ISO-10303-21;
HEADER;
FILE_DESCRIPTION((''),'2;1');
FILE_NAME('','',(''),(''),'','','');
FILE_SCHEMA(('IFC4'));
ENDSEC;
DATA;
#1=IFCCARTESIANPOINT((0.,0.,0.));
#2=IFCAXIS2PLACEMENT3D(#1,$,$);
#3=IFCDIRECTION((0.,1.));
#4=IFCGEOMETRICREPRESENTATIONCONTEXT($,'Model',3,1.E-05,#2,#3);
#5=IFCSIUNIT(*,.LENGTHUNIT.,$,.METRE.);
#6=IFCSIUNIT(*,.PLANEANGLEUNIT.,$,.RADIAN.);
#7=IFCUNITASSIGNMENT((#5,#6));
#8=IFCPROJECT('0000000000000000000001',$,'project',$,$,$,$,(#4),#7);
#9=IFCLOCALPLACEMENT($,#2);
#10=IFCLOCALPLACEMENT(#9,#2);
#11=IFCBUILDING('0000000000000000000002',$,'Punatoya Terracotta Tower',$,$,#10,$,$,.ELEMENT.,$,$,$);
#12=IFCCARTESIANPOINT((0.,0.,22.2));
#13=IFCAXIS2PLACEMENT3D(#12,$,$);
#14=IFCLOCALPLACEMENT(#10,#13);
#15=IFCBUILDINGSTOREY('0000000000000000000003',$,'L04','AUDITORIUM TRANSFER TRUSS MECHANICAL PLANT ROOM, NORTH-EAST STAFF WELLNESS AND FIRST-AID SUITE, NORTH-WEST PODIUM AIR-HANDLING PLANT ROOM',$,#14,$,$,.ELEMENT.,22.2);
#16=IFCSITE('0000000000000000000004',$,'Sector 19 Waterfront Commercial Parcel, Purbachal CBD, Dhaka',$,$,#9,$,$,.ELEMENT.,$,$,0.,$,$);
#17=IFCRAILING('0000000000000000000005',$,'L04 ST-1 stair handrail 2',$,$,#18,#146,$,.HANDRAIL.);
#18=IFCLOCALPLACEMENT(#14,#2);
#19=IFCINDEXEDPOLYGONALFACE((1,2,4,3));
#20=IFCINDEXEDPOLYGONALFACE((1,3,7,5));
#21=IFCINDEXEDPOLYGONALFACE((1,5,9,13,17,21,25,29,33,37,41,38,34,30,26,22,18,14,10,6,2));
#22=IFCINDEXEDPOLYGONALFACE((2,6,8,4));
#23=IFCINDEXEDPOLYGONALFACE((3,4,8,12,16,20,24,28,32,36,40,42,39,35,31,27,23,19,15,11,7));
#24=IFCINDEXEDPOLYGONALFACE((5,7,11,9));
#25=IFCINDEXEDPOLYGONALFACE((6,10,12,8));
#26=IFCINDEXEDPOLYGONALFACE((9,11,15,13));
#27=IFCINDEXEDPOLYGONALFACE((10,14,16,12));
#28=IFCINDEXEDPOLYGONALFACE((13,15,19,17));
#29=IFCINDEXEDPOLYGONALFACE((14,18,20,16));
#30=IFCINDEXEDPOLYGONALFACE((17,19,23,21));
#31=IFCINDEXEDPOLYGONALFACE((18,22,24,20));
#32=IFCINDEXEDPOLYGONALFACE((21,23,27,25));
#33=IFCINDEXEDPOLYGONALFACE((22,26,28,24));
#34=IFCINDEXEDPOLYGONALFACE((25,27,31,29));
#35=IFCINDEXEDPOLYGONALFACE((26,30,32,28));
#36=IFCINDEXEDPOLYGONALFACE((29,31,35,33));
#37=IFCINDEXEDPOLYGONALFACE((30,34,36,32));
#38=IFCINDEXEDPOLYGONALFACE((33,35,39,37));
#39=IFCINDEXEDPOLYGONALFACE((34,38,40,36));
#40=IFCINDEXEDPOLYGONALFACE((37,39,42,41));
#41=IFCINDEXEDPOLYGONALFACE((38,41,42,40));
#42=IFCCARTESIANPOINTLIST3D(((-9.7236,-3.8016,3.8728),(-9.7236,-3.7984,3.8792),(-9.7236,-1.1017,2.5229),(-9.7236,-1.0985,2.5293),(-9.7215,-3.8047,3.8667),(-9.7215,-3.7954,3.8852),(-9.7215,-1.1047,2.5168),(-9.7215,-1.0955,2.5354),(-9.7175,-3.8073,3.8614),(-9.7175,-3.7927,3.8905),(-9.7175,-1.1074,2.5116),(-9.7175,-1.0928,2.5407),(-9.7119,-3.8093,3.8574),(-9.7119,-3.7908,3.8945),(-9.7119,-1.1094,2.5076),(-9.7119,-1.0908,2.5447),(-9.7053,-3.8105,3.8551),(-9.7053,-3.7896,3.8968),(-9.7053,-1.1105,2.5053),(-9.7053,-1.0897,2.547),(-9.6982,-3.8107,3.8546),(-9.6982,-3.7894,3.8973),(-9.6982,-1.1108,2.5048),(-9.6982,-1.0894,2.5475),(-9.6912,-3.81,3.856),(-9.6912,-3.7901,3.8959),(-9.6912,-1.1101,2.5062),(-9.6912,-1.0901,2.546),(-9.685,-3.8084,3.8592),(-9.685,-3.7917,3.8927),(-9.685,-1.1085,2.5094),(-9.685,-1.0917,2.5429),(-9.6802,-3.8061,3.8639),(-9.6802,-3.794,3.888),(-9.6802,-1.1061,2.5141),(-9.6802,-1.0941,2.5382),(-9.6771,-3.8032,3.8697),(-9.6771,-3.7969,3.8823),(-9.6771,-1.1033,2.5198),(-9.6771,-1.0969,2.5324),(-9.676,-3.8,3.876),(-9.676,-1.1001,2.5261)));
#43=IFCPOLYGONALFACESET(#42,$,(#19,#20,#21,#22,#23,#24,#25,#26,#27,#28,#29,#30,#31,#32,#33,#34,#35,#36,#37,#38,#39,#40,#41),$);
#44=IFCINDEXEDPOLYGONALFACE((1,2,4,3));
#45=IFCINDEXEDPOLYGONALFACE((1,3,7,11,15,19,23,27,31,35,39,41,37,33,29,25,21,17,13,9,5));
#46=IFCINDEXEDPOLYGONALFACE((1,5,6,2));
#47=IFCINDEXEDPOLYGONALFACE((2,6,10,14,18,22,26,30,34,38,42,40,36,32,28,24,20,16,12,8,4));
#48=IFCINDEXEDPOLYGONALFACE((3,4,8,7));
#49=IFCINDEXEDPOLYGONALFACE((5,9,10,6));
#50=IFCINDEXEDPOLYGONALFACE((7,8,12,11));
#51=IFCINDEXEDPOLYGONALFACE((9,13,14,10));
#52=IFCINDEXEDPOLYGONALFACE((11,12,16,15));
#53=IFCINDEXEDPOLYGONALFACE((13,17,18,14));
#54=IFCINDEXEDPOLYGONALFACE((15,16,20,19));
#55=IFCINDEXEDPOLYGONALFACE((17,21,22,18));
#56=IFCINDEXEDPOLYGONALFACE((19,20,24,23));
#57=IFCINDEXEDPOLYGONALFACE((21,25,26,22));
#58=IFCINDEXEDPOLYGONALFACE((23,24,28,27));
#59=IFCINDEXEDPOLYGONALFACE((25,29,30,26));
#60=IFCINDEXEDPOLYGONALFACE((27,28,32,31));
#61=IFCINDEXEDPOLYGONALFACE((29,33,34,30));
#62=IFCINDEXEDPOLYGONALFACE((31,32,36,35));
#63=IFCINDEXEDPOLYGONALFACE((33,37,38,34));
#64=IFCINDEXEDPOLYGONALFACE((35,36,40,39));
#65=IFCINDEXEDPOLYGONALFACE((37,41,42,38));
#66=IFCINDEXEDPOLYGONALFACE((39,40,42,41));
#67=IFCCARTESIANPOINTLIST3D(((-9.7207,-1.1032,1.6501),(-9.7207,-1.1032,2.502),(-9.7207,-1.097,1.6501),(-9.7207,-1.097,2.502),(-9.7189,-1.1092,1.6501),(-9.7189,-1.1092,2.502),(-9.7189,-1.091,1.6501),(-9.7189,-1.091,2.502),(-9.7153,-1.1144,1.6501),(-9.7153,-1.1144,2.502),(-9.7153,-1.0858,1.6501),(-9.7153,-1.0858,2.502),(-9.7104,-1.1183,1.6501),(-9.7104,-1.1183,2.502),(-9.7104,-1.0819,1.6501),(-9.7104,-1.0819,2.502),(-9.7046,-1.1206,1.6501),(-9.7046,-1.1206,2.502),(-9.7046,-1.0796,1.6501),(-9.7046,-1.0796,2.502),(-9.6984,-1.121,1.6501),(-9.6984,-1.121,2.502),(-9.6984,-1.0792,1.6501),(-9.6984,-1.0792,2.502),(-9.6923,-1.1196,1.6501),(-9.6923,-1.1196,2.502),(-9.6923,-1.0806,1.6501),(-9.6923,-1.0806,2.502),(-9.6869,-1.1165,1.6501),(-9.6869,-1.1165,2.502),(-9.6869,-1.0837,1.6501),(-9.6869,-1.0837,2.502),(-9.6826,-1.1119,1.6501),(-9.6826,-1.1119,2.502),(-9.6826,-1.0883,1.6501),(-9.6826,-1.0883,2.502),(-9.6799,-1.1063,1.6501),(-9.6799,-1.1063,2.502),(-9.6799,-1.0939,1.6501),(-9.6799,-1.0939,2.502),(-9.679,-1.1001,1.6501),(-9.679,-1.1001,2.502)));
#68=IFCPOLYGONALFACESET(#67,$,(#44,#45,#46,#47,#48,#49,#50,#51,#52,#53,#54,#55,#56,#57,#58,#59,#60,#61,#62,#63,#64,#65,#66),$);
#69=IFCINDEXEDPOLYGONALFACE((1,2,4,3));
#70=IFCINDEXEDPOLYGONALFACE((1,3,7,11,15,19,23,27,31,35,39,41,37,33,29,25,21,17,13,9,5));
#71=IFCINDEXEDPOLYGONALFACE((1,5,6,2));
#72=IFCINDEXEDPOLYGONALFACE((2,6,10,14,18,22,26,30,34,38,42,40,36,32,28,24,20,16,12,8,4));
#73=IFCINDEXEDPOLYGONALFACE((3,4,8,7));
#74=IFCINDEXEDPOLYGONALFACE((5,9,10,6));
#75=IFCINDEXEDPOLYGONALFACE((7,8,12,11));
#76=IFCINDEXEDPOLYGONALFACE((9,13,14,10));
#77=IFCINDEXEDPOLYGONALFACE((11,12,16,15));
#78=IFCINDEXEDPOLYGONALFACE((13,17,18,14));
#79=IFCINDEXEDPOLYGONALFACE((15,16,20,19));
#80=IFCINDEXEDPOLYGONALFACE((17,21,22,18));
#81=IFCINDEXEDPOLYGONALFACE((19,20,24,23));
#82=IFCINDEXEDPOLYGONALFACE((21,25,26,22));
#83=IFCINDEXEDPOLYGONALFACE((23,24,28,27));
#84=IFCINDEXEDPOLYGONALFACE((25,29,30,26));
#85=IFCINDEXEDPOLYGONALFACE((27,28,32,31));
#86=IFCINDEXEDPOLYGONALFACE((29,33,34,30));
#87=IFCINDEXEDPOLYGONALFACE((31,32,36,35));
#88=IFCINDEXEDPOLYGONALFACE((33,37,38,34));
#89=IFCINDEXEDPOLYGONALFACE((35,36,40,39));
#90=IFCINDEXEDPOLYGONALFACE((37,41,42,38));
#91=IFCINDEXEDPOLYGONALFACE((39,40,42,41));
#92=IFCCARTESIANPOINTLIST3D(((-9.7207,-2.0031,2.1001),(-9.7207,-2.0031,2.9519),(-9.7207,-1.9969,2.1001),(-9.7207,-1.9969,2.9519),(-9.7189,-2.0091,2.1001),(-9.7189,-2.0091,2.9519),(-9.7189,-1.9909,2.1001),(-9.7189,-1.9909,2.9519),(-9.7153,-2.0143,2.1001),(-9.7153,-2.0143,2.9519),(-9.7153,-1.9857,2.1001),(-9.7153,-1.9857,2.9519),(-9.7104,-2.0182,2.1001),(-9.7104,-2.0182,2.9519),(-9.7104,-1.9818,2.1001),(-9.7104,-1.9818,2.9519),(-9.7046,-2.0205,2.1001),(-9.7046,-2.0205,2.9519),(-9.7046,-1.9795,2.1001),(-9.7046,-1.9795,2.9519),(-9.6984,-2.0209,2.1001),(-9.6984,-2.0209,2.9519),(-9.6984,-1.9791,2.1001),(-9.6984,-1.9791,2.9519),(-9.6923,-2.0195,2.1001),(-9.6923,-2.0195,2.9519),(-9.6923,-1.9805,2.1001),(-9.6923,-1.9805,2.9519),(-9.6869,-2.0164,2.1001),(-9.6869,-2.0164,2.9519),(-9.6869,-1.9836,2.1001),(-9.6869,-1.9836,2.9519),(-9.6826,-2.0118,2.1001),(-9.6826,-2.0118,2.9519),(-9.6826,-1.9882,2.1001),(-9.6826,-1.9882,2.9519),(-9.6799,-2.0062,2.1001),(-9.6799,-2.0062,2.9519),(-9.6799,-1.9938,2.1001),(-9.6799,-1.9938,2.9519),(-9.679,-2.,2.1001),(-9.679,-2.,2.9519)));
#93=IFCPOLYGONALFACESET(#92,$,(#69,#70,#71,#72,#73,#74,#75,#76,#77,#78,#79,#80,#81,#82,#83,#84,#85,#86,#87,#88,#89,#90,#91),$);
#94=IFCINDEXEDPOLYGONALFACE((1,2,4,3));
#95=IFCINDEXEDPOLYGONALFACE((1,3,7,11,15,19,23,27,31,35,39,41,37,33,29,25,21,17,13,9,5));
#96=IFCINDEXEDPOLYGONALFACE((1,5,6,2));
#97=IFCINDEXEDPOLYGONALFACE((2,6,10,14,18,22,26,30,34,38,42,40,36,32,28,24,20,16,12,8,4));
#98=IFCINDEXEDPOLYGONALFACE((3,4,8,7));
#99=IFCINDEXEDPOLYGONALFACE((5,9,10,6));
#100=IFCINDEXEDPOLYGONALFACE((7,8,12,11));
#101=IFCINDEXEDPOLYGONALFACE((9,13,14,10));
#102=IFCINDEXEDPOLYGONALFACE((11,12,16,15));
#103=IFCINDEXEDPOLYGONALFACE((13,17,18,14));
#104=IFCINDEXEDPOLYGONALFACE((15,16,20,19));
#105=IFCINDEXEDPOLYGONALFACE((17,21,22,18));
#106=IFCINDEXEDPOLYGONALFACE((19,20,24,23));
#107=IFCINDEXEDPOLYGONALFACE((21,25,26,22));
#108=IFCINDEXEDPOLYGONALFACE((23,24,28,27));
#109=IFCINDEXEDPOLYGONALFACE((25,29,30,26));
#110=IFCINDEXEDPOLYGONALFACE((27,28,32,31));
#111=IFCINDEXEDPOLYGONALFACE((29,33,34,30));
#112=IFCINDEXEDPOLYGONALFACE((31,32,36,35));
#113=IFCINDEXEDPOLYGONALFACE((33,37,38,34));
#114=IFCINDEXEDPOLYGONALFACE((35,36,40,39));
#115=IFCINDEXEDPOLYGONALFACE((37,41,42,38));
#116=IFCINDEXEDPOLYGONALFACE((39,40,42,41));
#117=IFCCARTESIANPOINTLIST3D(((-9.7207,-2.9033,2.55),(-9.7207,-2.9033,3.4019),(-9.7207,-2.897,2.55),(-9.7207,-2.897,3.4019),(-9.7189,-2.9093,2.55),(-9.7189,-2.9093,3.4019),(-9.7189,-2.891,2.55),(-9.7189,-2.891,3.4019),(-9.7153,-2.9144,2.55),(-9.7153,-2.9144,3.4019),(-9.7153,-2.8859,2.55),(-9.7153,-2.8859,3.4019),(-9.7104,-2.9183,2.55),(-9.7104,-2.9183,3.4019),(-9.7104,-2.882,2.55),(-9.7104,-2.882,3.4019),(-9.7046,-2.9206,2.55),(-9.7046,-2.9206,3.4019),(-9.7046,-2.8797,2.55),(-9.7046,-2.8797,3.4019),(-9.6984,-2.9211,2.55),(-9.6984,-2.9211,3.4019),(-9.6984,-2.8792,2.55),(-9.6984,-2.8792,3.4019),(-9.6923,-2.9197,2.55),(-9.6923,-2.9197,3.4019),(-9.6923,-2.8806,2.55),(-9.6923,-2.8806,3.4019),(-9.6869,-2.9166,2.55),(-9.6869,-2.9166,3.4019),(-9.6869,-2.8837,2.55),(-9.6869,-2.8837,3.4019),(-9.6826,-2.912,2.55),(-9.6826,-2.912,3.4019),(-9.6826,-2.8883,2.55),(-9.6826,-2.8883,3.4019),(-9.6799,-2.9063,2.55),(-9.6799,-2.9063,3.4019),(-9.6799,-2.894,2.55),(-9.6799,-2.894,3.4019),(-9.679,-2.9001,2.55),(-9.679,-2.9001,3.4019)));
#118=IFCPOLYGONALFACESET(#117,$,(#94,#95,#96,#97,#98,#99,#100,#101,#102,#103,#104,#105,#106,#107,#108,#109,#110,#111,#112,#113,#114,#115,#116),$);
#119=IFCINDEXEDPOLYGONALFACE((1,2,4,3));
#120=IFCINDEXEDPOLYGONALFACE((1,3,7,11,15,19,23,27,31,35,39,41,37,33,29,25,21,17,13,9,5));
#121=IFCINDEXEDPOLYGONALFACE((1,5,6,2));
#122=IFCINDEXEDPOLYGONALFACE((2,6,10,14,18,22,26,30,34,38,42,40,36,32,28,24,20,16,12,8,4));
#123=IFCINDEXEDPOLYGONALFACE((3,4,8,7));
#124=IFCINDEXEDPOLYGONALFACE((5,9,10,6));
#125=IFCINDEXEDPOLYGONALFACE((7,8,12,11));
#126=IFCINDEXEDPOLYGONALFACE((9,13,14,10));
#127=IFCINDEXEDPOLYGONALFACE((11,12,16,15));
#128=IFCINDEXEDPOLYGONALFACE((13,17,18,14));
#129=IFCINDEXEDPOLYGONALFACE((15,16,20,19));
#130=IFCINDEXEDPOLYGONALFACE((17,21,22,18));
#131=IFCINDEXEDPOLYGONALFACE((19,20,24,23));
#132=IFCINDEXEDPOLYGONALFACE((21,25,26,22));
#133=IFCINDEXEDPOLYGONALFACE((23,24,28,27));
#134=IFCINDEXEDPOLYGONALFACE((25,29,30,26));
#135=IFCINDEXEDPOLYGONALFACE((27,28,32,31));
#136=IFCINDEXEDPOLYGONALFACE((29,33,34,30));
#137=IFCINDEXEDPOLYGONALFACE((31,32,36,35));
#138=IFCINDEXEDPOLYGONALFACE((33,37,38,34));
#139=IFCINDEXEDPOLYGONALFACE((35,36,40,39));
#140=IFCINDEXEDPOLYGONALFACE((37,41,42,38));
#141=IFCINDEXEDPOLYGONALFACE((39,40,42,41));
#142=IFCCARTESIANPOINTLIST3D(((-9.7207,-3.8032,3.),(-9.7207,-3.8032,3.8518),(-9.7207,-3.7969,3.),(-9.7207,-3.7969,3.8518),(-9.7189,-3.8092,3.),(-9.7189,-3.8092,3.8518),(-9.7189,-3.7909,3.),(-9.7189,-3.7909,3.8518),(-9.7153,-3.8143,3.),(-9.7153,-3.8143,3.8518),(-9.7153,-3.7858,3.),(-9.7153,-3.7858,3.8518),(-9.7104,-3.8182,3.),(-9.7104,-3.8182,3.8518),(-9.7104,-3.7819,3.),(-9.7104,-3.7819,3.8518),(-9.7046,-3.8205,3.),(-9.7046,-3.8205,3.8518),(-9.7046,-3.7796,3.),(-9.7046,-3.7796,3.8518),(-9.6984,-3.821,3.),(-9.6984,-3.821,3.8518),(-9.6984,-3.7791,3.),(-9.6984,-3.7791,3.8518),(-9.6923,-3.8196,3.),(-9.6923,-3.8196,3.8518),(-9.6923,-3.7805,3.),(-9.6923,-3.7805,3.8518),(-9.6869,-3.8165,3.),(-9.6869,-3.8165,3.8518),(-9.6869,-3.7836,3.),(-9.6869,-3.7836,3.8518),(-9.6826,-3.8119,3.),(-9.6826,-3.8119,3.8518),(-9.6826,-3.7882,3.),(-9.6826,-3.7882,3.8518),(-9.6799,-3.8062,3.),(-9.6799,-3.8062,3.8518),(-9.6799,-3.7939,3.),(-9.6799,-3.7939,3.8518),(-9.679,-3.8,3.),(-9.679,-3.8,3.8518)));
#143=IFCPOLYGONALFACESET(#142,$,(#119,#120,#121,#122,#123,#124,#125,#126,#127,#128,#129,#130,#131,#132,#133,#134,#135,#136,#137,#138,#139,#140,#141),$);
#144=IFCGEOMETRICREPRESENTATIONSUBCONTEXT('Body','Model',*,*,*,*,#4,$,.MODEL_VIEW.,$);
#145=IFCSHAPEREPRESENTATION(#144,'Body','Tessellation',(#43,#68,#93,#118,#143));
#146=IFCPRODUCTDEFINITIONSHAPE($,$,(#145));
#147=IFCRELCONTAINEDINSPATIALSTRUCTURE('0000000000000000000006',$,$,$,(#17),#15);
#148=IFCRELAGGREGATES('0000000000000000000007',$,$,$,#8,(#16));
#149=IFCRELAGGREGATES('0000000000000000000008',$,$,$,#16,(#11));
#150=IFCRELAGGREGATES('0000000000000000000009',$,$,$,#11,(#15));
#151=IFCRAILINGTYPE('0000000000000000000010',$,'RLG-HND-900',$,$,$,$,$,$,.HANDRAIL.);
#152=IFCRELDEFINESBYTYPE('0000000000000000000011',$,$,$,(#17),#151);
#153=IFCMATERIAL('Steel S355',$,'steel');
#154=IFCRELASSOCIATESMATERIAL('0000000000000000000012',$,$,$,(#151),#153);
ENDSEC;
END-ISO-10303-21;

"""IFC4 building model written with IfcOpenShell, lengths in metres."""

from ifc_helpers import new_model, si_unit, direction, frame, origin, origin_2d, place, context, subcontext, project, spatial, circle, extrude, material, type_object, element, save


model = new_model("IFC4")

# Units and contexts
model_context = context("Model", 3, precision=1e-05, world=origin(), true_north=direction((0.0, 1.0)))
body_context = subcontext(model_context, "Body", "Model", "MODEL_VIEW")
ifc_project = project(units=[si_unit("LENGTHUNIT", "METRE"), si_unit("PLANEANGLEUNIT", "RADIAN")], contexts=[model_context])

# Site, building, storey
site_placement = place(None, origin())
site = spatial("IfcSite", under=ifc_project, at=site_placement, Name="Sector 19 Waterfront Commercial Parcel, Purbachal CBD, Dhaka", CompositionType="ELEMENT", RefElevation=0.0)
building_placement = place(site_placement, origin())
building = spatial("IfcBuilding", under=site, at=building_placement, Name="Punatoya Terracotta Tower", CompositionType="ELEMENT")
storey_placement = place(building_placement, frame((0.0, 0.0, 22.2)))
storey = spatial("IfcBuildingStorey", under=building, at=storey_placement, Name="L04", Description="AUDITORIUM TRANSFER TRUSS MECHANICAL PLANT ROOM, NORTH-EAST STAFF WELLNESS AND FIRST-AID SUITE, NORTH-WEST PODIUM AIR-HANDLING PLANT ROOM", CompositionType="ELEMENT", Elevation=22.2)

# Shared definitions
ifc_material_1 = material(Name="Steel S355", Category="steel")

# Railing
railing_type_1 = type_object("IfcRailingType", Name="RLG-HND-900", PredefinedType="HANDRAIL", material=ifc_material_1)
for number, where, name in (
    (1, (-9.7, -1.1001, 1.6501), "L04 ST-1 stair handrail 2"),
):
    element("IfcRailing", number, at=place(storey_placement, frame(where)), inside=storey, type_object=railing_type_1, Name=name, PredefinedType="HANDRAIL", context=body_context, shape_type="SweptSolid", body=[
        extrude(circle(Radius=0.0239, at=origin_2d()), frame((0.0, 0.0, 0.876), z_axis=(0.0, -0.894443, 0.447181), x_axis=(1.0, 0.0, 0.0)), (0.0, 0.0, 1.0), 3.0186),
        extrude(circle(Radius=0.021, at=origin_2d()), origin(), (0.0, 0.0, 1.0), 0.8518),
        extrude(circle(Radius=0.021, at=origin_2d()), frame((0.0, -0.8999, 0.45)), (0.0, 0.0, 1.0), 0.8518),
        extrude(circle(Radius=0.021, at=origin_2d()), frame((0.0, -1.8, 0.8999)), (0.0, 0.0, 1.0), 0.8518),
        extrude(circle(Radius=0.021, at=origin_2d()), frame((0.0, -2.7, 1.3499)), (0.0, 0.0, 1.0), 0.8518),
    ])

save(model, "model.ifc")
